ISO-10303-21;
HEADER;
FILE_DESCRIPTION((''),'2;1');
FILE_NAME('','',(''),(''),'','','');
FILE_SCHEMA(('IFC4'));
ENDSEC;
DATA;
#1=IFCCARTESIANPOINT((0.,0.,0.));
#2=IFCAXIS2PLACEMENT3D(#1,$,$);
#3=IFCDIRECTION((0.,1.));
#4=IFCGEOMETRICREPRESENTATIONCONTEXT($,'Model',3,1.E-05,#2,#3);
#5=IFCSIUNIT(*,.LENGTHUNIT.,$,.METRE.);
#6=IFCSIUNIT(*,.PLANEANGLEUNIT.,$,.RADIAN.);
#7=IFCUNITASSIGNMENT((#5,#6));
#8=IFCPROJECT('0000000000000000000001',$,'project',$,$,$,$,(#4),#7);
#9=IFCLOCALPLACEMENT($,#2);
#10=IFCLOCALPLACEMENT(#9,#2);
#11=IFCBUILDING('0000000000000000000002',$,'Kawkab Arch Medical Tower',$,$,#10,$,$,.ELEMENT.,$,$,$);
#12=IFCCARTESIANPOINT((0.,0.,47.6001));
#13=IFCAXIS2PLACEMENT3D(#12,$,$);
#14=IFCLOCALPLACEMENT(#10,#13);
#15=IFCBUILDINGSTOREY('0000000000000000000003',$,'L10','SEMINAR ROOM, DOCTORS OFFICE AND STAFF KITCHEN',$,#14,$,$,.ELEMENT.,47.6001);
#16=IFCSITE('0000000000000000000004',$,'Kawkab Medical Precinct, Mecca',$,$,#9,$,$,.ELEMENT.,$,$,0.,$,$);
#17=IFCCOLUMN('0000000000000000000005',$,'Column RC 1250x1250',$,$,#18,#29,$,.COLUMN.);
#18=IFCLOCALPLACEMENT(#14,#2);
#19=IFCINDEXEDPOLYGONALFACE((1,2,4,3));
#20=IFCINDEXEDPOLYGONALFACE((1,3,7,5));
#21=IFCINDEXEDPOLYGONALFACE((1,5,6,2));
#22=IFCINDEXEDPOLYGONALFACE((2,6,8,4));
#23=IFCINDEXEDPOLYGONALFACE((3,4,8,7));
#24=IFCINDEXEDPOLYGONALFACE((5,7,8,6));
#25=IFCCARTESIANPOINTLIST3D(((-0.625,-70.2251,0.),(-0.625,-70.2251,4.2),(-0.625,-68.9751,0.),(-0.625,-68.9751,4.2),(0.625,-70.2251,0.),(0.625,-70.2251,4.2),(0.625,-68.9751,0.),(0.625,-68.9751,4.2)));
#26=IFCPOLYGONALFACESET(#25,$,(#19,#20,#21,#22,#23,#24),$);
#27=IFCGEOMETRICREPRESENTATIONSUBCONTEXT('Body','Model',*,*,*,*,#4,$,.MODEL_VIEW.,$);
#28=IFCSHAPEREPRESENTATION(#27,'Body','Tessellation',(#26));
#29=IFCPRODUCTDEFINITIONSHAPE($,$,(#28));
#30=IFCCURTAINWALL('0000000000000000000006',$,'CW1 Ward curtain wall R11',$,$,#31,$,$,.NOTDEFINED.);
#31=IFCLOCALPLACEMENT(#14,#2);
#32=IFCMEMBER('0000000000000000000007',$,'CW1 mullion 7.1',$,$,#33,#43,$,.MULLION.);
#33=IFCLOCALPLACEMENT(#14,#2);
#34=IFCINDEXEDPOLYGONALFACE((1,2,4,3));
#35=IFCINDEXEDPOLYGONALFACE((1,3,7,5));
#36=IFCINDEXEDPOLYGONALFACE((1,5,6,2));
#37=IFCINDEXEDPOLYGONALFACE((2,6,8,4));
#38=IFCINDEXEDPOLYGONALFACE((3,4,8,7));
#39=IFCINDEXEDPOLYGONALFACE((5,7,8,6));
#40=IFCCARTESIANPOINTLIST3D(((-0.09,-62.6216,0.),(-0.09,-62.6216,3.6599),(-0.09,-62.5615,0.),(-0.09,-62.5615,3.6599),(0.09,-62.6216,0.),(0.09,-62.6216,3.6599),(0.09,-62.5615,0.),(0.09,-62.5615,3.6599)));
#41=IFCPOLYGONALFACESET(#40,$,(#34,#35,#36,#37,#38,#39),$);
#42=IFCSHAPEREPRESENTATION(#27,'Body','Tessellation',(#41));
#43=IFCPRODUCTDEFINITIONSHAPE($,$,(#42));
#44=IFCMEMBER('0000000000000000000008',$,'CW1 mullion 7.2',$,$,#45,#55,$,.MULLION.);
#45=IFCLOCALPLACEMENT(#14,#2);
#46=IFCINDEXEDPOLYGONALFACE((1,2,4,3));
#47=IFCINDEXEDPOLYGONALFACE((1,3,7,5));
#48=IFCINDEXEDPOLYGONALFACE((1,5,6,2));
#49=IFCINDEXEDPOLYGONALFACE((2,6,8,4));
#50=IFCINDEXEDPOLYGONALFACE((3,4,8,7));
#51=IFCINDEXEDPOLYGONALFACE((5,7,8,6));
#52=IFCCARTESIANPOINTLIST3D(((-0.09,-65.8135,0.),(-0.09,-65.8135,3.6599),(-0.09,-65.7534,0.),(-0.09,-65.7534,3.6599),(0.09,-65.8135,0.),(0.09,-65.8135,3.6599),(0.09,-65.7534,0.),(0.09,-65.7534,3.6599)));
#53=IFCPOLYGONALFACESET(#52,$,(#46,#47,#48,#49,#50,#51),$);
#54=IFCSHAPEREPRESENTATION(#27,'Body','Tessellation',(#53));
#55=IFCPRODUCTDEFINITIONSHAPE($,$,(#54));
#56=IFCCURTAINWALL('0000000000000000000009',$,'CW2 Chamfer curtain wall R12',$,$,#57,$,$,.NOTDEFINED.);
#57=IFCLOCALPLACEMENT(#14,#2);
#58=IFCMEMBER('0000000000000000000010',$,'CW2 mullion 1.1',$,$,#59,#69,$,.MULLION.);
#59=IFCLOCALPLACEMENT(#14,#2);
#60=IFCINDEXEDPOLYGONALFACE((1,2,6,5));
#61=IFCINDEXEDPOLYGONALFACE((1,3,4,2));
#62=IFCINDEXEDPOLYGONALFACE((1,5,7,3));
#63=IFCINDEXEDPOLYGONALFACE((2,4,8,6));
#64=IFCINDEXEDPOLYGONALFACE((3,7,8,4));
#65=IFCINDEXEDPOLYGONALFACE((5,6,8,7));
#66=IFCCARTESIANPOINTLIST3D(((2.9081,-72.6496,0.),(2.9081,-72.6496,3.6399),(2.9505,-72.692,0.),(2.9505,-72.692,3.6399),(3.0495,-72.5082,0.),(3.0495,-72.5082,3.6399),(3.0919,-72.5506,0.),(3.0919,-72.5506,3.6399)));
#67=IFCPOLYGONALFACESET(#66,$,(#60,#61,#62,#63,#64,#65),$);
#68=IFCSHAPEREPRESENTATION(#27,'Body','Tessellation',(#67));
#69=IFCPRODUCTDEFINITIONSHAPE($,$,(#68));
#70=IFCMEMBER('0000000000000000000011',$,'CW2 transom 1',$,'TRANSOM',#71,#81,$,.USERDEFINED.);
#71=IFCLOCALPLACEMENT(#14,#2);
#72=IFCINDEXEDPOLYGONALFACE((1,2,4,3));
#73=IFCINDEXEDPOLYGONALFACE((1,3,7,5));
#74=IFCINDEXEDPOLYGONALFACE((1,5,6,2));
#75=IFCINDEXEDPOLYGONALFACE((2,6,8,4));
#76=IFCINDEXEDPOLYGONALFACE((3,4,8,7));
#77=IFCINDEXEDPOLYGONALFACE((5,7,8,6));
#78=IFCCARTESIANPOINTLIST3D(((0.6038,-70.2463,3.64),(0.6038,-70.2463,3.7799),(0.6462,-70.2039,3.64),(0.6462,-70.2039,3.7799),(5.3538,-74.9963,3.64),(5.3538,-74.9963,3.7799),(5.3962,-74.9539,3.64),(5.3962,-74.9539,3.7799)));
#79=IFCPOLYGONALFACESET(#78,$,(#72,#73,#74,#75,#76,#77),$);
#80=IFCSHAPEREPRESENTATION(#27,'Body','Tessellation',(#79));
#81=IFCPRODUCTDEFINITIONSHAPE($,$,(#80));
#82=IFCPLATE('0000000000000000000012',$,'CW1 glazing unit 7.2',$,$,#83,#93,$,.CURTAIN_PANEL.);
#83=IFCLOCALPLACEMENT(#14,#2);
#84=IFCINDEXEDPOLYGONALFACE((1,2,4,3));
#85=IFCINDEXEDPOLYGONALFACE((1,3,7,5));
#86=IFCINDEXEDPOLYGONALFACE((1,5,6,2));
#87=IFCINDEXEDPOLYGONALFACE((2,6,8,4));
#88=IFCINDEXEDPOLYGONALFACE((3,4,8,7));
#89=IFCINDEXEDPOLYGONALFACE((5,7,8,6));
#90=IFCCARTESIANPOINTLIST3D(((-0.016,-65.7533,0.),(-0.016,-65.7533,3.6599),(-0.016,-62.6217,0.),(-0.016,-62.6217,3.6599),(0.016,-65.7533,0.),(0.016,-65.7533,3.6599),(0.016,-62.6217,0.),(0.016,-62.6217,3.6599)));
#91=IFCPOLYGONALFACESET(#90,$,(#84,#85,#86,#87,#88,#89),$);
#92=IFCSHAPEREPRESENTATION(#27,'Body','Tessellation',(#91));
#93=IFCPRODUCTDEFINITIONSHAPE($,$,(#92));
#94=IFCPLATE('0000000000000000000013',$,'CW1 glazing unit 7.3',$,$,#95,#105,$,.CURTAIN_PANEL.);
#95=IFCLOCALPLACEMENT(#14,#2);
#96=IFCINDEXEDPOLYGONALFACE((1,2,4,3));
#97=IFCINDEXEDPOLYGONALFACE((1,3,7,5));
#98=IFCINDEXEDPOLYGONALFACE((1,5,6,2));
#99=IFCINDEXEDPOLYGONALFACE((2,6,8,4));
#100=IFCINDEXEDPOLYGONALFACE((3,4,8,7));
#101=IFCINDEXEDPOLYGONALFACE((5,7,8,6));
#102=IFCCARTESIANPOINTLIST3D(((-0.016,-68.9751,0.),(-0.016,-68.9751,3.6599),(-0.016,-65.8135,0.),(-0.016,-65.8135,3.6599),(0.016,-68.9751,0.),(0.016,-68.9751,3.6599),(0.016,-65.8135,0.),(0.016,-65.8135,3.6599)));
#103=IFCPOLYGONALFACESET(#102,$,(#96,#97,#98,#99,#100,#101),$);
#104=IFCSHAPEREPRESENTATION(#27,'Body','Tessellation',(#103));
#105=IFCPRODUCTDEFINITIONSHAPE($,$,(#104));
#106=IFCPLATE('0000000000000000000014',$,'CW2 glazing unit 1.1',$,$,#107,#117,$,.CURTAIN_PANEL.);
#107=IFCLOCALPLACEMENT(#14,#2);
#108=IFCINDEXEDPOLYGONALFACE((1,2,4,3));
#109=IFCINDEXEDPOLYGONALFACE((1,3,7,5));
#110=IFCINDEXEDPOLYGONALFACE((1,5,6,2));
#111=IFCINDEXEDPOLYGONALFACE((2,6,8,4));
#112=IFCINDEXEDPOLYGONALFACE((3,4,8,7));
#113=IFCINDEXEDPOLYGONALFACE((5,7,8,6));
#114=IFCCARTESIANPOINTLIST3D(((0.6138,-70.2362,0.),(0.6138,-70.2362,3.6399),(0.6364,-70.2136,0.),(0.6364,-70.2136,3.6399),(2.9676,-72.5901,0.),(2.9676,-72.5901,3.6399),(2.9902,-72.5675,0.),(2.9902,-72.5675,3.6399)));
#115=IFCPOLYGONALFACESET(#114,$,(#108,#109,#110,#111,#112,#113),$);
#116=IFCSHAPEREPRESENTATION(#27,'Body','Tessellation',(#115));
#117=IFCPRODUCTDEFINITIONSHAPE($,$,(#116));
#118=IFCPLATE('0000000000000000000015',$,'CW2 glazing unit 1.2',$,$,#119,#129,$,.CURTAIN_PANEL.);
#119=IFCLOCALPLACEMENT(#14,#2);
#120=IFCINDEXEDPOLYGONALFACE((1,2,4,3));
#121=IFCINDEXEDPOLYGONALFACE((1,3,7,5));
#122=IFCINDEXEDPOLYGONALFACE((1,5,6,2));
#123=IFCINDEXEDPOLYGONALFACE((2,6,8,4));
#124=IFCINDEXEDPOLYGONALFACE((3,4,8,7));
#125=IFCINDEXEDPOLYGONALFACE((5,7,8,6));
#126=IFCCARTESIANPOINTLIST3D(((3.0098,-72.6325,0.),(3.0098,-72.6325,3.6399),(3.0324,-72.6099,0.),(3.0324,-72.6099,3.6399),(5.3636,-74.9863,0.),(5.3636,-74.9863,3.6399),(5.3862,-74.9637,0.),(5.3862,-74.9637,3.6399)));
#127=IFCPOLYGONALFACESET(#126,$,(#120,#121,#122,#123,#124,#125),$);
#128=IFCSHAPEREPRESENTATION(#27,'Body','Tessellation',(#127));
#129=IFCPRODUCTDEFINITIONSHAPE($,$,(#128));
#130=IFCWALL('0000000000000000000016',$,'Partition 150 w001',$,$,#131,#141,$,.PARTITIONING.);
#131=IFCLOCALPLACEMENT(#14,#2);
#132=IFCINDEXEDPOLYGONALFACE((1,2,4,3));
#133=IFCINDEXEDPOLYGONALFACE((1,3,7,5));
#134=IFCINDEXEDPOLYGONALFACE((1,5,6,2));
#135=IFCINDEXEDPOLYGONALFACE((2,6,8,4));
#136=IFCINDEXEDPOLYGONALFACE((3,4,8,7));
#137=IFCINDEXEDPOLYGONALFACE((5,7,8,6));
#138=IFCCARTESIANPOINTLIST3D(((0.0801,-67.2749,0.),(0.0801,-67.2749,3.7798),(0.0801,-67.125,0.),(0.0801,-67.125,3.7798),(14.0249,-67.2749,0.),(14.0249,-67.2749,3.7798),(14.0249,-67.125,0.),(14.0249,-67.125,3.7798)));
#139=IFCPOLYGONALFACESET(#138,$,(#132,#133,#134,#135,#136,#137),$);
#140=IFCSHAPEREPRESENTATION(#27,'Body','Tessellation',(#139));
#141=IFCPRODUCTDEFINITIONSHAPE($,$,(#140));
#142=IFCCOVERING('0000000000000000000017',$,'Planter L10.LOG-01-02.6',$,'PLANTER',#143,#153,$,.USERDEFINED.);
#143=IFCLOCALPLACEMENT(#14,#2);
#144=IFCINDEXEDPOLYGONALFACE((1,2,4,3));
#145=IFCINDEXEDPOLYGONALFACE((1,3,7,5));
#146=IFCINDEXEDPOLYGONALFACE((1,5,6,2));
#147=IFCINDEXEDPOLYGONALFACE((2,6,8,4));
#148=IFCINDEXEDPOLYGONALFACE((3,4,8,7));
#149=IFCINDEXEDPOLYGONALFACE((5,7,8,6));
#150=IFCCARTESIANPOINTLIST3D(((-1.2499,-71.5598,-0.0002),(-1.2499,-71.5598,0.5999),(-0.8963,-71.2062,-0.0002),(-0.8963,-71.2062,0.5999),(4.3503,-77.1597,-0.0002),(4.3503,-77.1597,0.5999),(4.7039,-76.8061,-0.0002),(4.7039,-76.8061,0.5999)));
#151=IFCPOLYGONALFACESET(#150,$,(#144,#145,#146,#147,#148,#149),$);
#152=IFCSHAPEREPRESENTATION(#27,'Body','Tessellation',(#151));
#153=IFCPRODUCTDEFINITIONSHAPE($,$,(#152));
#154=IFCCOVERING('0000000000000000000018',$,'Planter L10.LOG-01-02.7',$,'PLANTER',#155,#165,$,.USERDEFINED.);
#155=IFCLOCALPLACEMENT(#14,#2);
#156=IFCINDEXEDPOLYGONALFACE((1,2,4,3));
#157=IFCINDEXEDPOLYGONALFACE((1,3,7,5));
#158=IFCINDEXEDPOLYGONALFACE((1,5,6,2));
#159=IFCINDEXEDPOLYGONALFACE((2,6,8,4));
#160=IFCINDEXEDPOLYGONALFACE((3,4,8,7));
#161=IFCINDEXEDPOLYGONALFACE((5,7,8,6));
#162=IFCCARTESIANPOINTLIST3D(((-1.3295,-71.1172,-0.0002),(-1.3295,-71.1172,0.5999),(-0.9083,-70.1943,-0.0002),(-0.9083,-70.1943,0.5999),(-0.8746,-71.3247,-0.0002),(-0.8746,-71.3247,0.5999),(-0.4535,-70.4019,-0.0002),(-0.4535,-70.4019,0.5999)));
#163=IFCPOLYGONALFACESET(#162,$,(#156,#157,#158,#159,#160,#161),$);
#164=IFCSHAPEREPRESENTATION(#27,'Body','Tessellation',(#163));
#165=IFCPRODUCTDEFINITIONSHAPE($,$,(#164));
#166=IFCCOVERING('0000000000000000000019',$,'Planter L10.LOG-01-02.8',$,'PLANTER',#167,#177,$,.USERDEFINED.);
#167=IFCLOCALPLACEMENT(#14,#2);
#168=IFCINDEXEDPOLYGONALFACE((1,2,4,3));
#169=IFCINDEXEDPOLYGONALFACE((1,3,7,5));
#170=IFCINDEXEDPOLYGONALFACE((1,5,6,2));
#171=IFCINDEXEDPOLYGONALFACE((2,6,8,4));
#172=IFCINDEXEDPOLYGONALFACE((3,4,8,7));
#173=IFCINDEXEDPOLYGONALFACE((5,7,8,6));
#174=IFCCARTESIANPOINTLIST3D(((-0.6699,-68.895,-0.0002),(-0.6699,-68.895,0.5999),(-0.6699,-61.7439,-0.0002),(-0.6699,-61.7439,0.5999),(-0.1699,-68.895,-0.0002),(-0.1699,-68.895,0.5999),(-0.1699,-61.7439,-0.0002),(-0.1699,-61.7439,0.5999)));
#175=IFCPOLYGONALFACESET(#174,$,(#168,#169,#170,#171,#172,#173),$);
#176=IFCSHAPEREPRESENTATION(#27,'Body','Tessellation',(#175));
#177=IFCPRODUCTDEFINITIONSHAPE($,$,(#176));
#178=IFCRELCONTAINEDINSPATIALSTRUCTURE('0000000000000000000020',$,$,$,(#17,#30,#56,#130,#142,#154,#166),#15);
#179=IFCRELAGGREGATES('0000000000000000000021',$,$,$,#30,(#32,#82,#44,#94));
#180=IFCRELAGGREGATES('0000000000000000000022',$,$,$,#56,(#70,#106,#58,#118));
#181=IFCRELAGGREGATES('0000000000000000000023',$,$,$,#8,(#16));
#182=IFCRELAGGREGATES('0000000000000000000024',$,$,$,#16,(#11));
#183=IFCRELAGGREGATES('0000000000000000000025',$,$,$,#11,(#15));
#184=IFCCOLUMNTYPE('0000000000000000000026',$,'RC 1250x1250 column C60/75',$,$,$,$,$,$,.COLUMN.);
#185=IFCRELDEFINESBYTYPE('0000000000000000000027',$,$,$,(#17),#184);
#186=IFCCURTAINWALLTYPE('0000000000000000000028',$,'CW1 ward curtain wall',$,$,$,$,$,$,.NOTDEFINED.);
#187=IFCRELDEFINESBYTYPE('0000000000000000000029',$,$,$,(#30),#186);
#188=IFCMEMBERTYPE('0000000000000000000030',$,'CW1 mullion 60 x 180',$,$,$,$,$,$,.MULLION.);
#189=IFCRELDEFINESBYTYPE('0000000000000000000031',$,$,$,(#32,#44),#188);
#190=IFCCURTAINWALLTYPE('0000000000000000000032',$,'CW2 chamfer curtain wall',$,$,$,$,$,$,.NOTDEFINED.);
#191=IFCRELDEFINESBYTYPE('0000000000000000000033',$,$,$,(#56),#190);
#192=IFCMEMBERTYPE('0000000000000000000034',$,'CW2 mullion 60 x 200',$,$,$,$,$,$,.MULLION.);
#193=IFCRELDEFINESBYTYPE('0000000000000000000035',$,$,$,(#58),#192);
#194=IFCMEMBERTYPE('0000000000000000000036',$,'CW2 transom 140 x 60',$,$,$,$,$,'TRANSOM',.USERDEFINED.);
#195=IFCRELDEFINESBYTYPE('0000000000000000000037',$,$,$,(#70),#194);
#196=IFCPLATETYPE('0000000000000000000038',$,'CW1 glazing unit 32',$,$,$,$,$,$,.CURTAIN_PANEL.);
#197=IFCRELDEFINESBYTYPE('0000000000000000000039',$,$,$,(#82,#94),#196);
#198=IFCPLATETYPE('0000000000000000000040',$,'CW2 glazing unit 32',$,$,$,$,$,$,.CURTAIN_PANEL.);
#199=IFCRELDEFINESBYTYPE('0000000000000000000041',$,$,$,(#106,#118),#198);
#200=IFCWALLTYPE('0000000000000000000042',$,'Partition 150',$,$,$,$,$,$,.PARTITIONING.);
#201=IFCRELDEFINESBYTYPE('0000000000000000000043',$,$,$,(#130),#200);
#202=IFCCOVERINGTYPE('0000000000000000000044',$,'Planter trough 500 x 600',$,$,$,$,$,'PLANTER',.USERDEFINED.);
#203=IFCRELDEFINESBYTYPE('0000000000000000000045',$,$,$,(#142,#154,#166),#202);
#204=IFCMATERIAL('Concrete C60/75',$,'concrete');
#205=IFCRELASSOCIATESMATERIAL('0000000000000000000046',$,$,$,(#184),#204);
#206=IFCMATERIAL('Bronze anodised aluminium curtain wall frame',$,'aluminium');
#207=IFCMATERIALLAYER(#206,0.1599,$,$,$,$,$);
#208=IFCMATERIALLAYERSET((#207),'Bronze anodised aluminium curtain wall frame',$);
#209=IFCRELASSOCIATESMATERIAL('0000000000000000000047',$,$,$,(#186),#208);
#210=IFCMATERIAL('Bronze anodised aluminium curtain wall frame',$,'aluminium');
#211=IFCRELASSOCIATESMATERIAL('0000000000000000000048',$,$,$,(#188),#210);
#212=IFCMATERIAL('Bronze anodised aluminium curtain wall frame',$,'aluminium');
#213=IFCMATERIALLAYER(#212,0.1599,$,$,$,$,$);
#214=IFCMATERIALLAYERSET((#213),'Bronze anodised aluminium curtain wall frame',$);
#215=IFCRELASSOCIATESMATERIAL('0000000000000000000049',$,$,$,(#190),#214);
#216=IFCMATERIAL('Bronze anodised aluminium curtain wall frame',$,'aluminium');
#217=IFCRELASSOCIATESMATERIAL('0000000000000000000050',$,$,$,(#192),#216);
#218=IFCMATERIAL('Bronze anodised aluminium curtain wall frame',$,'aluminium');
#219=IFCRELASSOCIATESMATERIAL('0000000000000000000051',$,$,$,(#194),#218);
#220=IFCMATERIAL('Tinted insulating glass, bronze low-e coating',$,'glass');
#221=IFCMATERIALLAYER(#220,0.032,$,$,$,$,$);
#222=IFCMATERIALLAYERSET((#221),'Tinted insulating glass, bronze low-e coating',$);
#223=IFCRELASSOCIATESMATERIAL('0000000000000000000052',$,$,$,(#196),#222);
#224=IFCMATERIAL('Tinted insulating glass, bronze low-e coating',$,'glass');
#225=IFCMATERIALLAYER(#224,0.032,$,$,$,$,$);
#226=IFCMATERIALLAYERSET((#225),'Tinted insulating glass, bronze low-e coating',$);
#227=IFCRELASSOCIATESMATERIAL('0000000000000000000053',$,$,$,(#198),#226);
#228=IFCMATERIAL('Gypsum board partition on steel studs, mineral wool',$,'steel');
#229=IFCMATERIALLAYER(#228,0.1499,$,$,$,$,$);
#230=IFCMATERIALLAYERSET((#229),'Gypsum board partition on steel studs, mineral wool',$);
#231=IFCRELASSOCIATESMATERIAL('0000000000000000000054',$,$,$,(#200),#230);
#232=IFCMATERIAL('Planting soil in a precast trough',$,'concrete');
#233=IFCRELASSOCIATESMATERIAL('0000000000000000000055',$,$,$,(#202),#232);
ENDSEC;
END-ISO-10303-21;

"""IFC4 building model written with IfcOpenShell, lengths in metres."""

from ifc_helpers import new_model, si_unit, direction, frame, frame_2d, origin, origin_2d, place, context, subcontext, project, spatial, rectangle, extrude, material, layer, layer_set, material_profile, profile_set, type_object, element, aggregate, save


model = new_model("IFC4")

# Units and contexts
model_context = context("Model", 3, precision=1e-05, world=origin(), true_north=direction((0.0, 1.0)))
body_context = subcontext(model_context, "Body", "Model", "MODEL_VIEW")
ifc_project = project(units=[si_unit("LENGTHUNIT", "METRE"), si_unit("PLANEANGLEUNIT", "RADIAN")], contexts=[model_context])

# Site, building, storey
site_placement = place(None, origin())
site = spatial("IfcSite", under=ifc_project, at=site_placement, Name="Kawkab Medical Precinct, Mecca", CompositionType="ELEMENT", RefElevation=0.0)
building_placement = place(site_placement, origin())
building = spatial("IfcBuilding", under=site, at=building_placement, Name="Kawkab Arch Medical Tower", CompositionType="ELEMENT")
storey_placement = place(building_placement, frame((0.0, 0.0, 47.6001)))
storey = spatial("IfcBuildingStorey", under=building, at=storey_placement, Name="L10", Description="SEMINAR ROOM, DOCTORS OFFICE AND STAFF KITCHEN", CompositionType="ELEMENT", Elevation=47.6001)

# Column
ifc_material_1 = material(Name="Concrete C60/75", Category="concrete")
ifc_material_profile_1 = material_profile(ifc_material_1, rectangle(XDim=1.25, YDim=1.25, at=origin_2d()), Name="RC 1250x1250")
ifc_profile_set_1 = profile_set([ifc_material_profile_1], Name="Concrete C60/75")
column_type = type_object("IfcColumnType", Name="RC 1250x1250 column C60/75", PredefinedType="COLUMN", material=ifc_profile_set_1)
column_placement = place(storey_placement, frame((0.0, -69.6001, 0.0), z_axis=(0.0, 0.0, 1.0), x_axis=(1.0, 0.0, 0.0)))
element("IfcColumn", 1, at=column_placement, inside=storey, type_object=column_type, Name="Column RC 1250x1250", PredefinedType="COLUMN", context=body_context, shape_type="SweptSolid", body=[
    extrude(rectangle(XDim=1.25, YDim=1.25, at=origin_2d()), origin(), (0.0, 0.0, 1.0), 4.2),
])

# Curtain walls, members
ifc_material_2 = material(Name="Bronze anodised aluminium curtain wall frame", Category="aluminium")
ifc_layer_1 = layer(ifc_material_2, 0.1599)
ifc_layer_set_1 = layer_set([ifc_layer_1], Name="Bronze anodised aluminium curtain wall frame")
curtain_wall_type_1 = type_object("IfcCurtainWallType", Name="CW1 ward curtain wall", PredefinedType="NOTDEFINED", material=ifc_layer_set_1)
placement = place(storey_placement, origin())
curtain_wall_1 = element("IfcCurtainWall", 2, at=placement, inside=storey, type_object=curtain_wall_type_1, Name="CW1 Ward curtain wall R11", PredefinedType="NOTDEFINED")
ifc_material_3 = material(Name="Bronze anodised aluminium curtain wall frame", Category="aluminium")
ifc_material_profile_2 = material_profile(ifc_material_3, rectangle(XDim=0.1799, YDim=0.0601, at=origin_2d()), Name="AL 60x180")
ifc_profile_set_2 = profile_set([ifc_material_profile_2], Name="Bronze anodised aluminium curtain wall frame")
member_type_1 = type_object("IfcMemberType", Name="CW1 mullion 60 x 180", PredefinedType="MULLION", material=ifc_profile_set_2)
member_1_placement = place(storey_placement, frame((0.0, -62.5916, 0.0), z_axis=(0.0, 0.0, 1.0), x_axis=(1.0, 0.0, 0.0)))
member_1 = element("IfcMember", 3, at=member_1_placement, type_object=member_type_1, Name="CW1 mullion 7.1", PredefinedType="MULLION", context=body_context, shape_type="SweptSolid", body=[
    extrude(rectangle(XDim=0.1799, YDim=0.0601, at=origin_2d()), origin(), (0.0, 0.0, 1.0), 3.6599),
])
member_2_placement = place(storey_placement, frame((0.0, -65.7834, 0.0), z_axis=(0.0, 0.0, 1.0), x_axis=(1.0, 0.0, 0.0)))
member_2 = element("IfcMember", 4, at=member_2_placement, type_object=member_type_1, Name="CW1 mullion 7.2", PredefinedType="MULLION", context=body_context, shape_type="SweptSolid", body=[
    extrude(rectangle(XDim=0.1799, YDim=0.0601, at=origin_2d()), origin(), (0.0, 0.0, 1.0), 3.6599),
])
ifc_material_4 = material(Name="Bronze anodised aluminium curtain wall frame", Category="aluminium")
ifc_layer_2 = layer(ifc_material_4, 0.1599)
ifc_layer_set_2 = layer_set([ifc_layer_2], Name="Bronze anodised aluminium curtain wall frame")
curtain_wall_type_2 = type_object("IfcCurtainWallType", Name="CW2 chamfer curtain wall", PredefinedType="NOTDEFINED", material=ifc_layer_set_2)
curtain_wall_2 = element("IfcCurtainWall", 5, at=placement, inside=storey, type_object=curtain_wall_type_2, Name="CW2 Chamfer curtain wall R12", PredefinedType="NOTDEFINED")
ifc_material_5 = material(Name="Bronze anodised aluminium curtain wall frame", Category="aluminium")
ifc_material_profile_3 = material_profile(ifc_material_5, rectangle(XDim=0.2, YDim=0.0601, at=origin_2d()), Name="AL 60x200")
ifc_profile_set_3 = profile_set([ifc_material_profile_3], Name="Bronze anodised aluminium curtain wall frame")
member_type_2 = type_object("IfcMemberType", Name="CW2 mullion 60 x 200", PredefinedType="MULLION", material=ifc_profile_set_3)
member_3_placement = place(storey_placement, frame((3.0, -72.6001, 0.0), z_axis=(0.0, 0.0, 1.0), x_axis=(0.707107, 0.707107, 0.0)))
member_3 = element("IfcMember", 6, at=member_3_placement, type_object=member_type_2, Name="CW2 mullion 1.1", PredefinedType="MULLION", context=body_context, shape_type="SweptSolid", body=[
    extrude(rectangle(XDim=0.2, YDim=0.0601, at=origin_2d()), origin(), (0.0, 0.0, 1.0), 3.6399),
])
ifc_material_6 = material(Name="Bronze anodised aluminium curtain wall frame", Category="aluminium")
ifc_material_profile_4 = material_profile(ifc_material_6, rectangle(XDim=0.0601, YDim=0.1399, at=origin_2d()), Name="AL 60x140")
ifc_profile_set_4 = profile_set([ifc_material_profile_4], Name="Bronze anodised aluminium curtain wall frame")
member_type_3 = type_object("IfcMemberType", Name="CW2 transom 140 x 60", ElementType="TRANSOM", PredefinedType="USERDEFINED", material=ifc_profile_set_4)
member_4_placement = place(storey_placement, frame((0.625, -70.2251, 3.71), z_axis=(0.707107, -0.707107, 0.0), x_axis=(0.707107, 0.707107, 0.0)))
member_4 = element("IfcMember", 7, at=member_4_placement, type_object=member_type_3, Name="CW2 transom 1", ObjectType="TRANSOM", PredefinedType="USERDEFINED", context=body_context, shape_type="SweptSolid", body=[
    extrude(rectangle(XDim=0.0601, YDim=0.1399, at=origin_2d()), origin(), (0.0, 0.0, 1.0), 6.7175),
])

# Plates
ifc_material_7 = material(Name="Tinted insulating glass, bronze low-e coating", Category="glass")
ifc_layer_3 = layer(ifc_material_7, 0.032)
ifc_layer_set_3 = layer_set([ifc_layer_3], Name="Tinted insulating glass, bronze low-e coating")
plate_type_1 = type_object("IfcPlateType", Name="CW1 glazing unit 32", PredefinedType="CURTAIN_PANEL", material=ifc_layer_set_3)
plate_1_placement = place(storey_placement, frame((0.0, -64.1875, 0.0), z_axis=(0.0, 0.0, 1.0), x_axis=(0.0, -1.0, 0.0)))
plate_1 = element("IfcPlate", 8, at=plate_1_placement, type_object=plate_type_1, Name="CW1 glazing unit 7.2", PredefinedType="CURTAIN_PANEL", context=body_context, shape_type="SweptSolid", body=[
    extrude(rectangle(XDim=3.1316, YDim=0.032, at=origin_2d()), origin(), (0.0, 0.0, 1.0), 3.6599),
])
plate_2_placement = place(storey_placement, frame((0.0, -67.3943, 0.0), z_axis=(0.0, 0.0, 1.0), x_axis=(0.0, -1.0, 0.0)))
plate_2 = element("IfcPlate", 9, at=plate_2_placement, type_object=plate_type_1, Name="CW1 glazing unit 7.3", PredefinedType="CURTAIN_PANEL", context=body_context, shape_type="SweptSolid", body=[
    extrude(rectangle(XDim=3.1616, YDim=0.032, at=origin_2d()), origin(), (0.0, 0.0, 1.0), 3.6599),
])
aggregate(curtain_wall_1, [member_1, plate_1, member_2, plate_2])
ifc_material_8 = material(Name="Tinted insulating glass, bronze low-e coating", Category="glass")
ifc_layer_4 = layer(ifc_material_8, 0.032)
ifc_layer_set_4 = layer_set([ifc_layer_4], Name="Tinted insulating glass, bronze low-e coating")
plate_type_2 = type_object("IfcPlateType", Name="CW2 glazing unit 32", PredefinedType="CURTAIN_PANEL", material=ifc_layer_set_4)
plate_3_placement = place(storey_placement, frame((1.802, -71.4019, 0.0), z_axis=(0.0, 0.0, 1.0), x_axis=(0.707107, -0.707107, 0.0)))
plate_3 = element("IfcPlate", 10, at=plate_3_placement, type_object=plate_type_2, Name="CW2 glazing unit 1.1", PredefinedType="CURTAIN_PANEL", context=body_context, shape_type="SweptSolid", body=[
    extrude(rectangle(XDim=3.3289, YDim=0.032, at=origin_2d()), origin(), (0.0, 0.0, 1.0), 3.6399),
])
plate_4_placement = place(storey_placement, frame((4.198, -73.7981, 0.0), z_axis=(0.0, 0.0, 1.0), x_axis=(0.707107, -0.707107, 0.0)))
plate_4 = element("IfcPlate", 11, at=plate_4_placement, type_object=plate_type_2, Name="CW2 glazing unit 1.2", PredefinedType="CURTAIN_PANEL", context=body_context, shape_type="SweptSolid", body=[
    extrude(rectangle(XDim=3.3289, YDim=0.032, at=origin_2d()), origin(), (0.0, 0.0, 1.0), 3.6399),
])
aggregate(curtain_wall_2, [member_4, plate_3, member_3, plate_4])

# Wall
ifc_material_9 = material(Name="Gypsum board partition on steel studs, mineral wool", Category="steel")
ifc_layer_5 = layer(ifc_material_9, 0.1499)
ifc_layer_set_5 = layer_set([ifc_layer_5], Name="Gypsum board partition on steel studs, mineral wool")
wall_type = type_object("IfcWallType", Name="Partition 150", PredefinedType="PARTITIONING", material=ifc_layer_set_5)
wall_placement = place(storey_placement, frame((0.0801, -67.2, 0.0), z_axis=(0.0, 0.0, 1.0), x_axis=(1.0, 0.0, 0.0)))
element("IfcWall", 12, at=wall_placement, inside=storey, type_object=wall_type, Name="Partition 150 w001", PredefinedType="PARTITIONING", context=body_context, shape_type="SweptSolid", body=[
    extrude(rectangle(XDim=13.9448, YDim=0.1499, at=frame_2d((6.9724, 0.0))), origin(), (0.0, 0.0, 1.0), 3.7798),
])

# Coverings
ifc_material_10 = material(Name="Planting soil in a precast trough", Category="concrete")
ifc_material_profile_5 = material_profile(ifc_material_10, rectangle(XDim=0.5, YDim=0.6001, at=origin_2d()), Name="Trough 500x600")
ifc_profile_set_5 = profile_set([ifc_material_profile_5], Name="Planting soil in a precast trough")
covering_type = type_object("IfcCoveringType", Name="Planter trough 500 x 600", ElementType="PLANTER", PredefinedType="USERDEFINED", material=ifc_profile_set_5)
covering_1_placement = place(storey_placement, frame((4.5271, -76.9829, 0.2998), z_axis=(-0.707122, 0.707091, 0.0), x_axis=(-0.707091, -0.707122, 0.0)))
element("IfcCovering", 13, at=covering_1_placement, inside=storey, type_object=covering_type, Name="Planter L10.LOG-01-02.6", ObjectType="PLANTER", PredefinedType="USERDEFINED", context=body_context, shape_type="SweptSolid", body=[
    extrude(rectangle(XDim=0.5, YDim=0.6001, at=origin_2d()), origin(), (0.0, 0.0, 1.0), 7.9197),
])
covering_2_placement = place(storey_placement, frame((-1.1021, -71.2209, 0.2998), z_axis=(0.415162, 0.909747, 0.0), x_axis=(-0.909747, 0.415162, 0.0)))
element("IfcCovering", 14, at=covering_2_placement, inside=storey, type_object=covering_type, Name="Planter L10.LOG-01-02.7", ObjectType="PLANTER", PredefinedType="USERDEFINED", context=body_context, shape_type="SweptSolid", body=[
    extrude(rectangle(XDim=0.5, YDim=0.6001, at=origin_2d()), origin(), (0.0, 0.0, 1.0), 1.0144),
])
covering_3_placement = place(storey_placement, frame((-0.4199, -68.895, 0.2998), z_axis=(0.0, 1.0, 0.0), x_axis=(-1.0, 0.0, 0.0)))
element("IfcCovering", 15, at=covering_3_placement, inside=storey, type_object=covering_type, Name="Planter L10.LOG-01-02.8", ObjectType="PLANTER", PredefinedType="USERDEFINED", context=body_context, shape_type="SweptSolid", body=[
    extrude(rectangle(XDim=0.5, YDim=0.6001, at=origin_2d()), origin(), (0.0, 0.0, 1.0), 7.1511),
])

save(model, "model.ifc")
